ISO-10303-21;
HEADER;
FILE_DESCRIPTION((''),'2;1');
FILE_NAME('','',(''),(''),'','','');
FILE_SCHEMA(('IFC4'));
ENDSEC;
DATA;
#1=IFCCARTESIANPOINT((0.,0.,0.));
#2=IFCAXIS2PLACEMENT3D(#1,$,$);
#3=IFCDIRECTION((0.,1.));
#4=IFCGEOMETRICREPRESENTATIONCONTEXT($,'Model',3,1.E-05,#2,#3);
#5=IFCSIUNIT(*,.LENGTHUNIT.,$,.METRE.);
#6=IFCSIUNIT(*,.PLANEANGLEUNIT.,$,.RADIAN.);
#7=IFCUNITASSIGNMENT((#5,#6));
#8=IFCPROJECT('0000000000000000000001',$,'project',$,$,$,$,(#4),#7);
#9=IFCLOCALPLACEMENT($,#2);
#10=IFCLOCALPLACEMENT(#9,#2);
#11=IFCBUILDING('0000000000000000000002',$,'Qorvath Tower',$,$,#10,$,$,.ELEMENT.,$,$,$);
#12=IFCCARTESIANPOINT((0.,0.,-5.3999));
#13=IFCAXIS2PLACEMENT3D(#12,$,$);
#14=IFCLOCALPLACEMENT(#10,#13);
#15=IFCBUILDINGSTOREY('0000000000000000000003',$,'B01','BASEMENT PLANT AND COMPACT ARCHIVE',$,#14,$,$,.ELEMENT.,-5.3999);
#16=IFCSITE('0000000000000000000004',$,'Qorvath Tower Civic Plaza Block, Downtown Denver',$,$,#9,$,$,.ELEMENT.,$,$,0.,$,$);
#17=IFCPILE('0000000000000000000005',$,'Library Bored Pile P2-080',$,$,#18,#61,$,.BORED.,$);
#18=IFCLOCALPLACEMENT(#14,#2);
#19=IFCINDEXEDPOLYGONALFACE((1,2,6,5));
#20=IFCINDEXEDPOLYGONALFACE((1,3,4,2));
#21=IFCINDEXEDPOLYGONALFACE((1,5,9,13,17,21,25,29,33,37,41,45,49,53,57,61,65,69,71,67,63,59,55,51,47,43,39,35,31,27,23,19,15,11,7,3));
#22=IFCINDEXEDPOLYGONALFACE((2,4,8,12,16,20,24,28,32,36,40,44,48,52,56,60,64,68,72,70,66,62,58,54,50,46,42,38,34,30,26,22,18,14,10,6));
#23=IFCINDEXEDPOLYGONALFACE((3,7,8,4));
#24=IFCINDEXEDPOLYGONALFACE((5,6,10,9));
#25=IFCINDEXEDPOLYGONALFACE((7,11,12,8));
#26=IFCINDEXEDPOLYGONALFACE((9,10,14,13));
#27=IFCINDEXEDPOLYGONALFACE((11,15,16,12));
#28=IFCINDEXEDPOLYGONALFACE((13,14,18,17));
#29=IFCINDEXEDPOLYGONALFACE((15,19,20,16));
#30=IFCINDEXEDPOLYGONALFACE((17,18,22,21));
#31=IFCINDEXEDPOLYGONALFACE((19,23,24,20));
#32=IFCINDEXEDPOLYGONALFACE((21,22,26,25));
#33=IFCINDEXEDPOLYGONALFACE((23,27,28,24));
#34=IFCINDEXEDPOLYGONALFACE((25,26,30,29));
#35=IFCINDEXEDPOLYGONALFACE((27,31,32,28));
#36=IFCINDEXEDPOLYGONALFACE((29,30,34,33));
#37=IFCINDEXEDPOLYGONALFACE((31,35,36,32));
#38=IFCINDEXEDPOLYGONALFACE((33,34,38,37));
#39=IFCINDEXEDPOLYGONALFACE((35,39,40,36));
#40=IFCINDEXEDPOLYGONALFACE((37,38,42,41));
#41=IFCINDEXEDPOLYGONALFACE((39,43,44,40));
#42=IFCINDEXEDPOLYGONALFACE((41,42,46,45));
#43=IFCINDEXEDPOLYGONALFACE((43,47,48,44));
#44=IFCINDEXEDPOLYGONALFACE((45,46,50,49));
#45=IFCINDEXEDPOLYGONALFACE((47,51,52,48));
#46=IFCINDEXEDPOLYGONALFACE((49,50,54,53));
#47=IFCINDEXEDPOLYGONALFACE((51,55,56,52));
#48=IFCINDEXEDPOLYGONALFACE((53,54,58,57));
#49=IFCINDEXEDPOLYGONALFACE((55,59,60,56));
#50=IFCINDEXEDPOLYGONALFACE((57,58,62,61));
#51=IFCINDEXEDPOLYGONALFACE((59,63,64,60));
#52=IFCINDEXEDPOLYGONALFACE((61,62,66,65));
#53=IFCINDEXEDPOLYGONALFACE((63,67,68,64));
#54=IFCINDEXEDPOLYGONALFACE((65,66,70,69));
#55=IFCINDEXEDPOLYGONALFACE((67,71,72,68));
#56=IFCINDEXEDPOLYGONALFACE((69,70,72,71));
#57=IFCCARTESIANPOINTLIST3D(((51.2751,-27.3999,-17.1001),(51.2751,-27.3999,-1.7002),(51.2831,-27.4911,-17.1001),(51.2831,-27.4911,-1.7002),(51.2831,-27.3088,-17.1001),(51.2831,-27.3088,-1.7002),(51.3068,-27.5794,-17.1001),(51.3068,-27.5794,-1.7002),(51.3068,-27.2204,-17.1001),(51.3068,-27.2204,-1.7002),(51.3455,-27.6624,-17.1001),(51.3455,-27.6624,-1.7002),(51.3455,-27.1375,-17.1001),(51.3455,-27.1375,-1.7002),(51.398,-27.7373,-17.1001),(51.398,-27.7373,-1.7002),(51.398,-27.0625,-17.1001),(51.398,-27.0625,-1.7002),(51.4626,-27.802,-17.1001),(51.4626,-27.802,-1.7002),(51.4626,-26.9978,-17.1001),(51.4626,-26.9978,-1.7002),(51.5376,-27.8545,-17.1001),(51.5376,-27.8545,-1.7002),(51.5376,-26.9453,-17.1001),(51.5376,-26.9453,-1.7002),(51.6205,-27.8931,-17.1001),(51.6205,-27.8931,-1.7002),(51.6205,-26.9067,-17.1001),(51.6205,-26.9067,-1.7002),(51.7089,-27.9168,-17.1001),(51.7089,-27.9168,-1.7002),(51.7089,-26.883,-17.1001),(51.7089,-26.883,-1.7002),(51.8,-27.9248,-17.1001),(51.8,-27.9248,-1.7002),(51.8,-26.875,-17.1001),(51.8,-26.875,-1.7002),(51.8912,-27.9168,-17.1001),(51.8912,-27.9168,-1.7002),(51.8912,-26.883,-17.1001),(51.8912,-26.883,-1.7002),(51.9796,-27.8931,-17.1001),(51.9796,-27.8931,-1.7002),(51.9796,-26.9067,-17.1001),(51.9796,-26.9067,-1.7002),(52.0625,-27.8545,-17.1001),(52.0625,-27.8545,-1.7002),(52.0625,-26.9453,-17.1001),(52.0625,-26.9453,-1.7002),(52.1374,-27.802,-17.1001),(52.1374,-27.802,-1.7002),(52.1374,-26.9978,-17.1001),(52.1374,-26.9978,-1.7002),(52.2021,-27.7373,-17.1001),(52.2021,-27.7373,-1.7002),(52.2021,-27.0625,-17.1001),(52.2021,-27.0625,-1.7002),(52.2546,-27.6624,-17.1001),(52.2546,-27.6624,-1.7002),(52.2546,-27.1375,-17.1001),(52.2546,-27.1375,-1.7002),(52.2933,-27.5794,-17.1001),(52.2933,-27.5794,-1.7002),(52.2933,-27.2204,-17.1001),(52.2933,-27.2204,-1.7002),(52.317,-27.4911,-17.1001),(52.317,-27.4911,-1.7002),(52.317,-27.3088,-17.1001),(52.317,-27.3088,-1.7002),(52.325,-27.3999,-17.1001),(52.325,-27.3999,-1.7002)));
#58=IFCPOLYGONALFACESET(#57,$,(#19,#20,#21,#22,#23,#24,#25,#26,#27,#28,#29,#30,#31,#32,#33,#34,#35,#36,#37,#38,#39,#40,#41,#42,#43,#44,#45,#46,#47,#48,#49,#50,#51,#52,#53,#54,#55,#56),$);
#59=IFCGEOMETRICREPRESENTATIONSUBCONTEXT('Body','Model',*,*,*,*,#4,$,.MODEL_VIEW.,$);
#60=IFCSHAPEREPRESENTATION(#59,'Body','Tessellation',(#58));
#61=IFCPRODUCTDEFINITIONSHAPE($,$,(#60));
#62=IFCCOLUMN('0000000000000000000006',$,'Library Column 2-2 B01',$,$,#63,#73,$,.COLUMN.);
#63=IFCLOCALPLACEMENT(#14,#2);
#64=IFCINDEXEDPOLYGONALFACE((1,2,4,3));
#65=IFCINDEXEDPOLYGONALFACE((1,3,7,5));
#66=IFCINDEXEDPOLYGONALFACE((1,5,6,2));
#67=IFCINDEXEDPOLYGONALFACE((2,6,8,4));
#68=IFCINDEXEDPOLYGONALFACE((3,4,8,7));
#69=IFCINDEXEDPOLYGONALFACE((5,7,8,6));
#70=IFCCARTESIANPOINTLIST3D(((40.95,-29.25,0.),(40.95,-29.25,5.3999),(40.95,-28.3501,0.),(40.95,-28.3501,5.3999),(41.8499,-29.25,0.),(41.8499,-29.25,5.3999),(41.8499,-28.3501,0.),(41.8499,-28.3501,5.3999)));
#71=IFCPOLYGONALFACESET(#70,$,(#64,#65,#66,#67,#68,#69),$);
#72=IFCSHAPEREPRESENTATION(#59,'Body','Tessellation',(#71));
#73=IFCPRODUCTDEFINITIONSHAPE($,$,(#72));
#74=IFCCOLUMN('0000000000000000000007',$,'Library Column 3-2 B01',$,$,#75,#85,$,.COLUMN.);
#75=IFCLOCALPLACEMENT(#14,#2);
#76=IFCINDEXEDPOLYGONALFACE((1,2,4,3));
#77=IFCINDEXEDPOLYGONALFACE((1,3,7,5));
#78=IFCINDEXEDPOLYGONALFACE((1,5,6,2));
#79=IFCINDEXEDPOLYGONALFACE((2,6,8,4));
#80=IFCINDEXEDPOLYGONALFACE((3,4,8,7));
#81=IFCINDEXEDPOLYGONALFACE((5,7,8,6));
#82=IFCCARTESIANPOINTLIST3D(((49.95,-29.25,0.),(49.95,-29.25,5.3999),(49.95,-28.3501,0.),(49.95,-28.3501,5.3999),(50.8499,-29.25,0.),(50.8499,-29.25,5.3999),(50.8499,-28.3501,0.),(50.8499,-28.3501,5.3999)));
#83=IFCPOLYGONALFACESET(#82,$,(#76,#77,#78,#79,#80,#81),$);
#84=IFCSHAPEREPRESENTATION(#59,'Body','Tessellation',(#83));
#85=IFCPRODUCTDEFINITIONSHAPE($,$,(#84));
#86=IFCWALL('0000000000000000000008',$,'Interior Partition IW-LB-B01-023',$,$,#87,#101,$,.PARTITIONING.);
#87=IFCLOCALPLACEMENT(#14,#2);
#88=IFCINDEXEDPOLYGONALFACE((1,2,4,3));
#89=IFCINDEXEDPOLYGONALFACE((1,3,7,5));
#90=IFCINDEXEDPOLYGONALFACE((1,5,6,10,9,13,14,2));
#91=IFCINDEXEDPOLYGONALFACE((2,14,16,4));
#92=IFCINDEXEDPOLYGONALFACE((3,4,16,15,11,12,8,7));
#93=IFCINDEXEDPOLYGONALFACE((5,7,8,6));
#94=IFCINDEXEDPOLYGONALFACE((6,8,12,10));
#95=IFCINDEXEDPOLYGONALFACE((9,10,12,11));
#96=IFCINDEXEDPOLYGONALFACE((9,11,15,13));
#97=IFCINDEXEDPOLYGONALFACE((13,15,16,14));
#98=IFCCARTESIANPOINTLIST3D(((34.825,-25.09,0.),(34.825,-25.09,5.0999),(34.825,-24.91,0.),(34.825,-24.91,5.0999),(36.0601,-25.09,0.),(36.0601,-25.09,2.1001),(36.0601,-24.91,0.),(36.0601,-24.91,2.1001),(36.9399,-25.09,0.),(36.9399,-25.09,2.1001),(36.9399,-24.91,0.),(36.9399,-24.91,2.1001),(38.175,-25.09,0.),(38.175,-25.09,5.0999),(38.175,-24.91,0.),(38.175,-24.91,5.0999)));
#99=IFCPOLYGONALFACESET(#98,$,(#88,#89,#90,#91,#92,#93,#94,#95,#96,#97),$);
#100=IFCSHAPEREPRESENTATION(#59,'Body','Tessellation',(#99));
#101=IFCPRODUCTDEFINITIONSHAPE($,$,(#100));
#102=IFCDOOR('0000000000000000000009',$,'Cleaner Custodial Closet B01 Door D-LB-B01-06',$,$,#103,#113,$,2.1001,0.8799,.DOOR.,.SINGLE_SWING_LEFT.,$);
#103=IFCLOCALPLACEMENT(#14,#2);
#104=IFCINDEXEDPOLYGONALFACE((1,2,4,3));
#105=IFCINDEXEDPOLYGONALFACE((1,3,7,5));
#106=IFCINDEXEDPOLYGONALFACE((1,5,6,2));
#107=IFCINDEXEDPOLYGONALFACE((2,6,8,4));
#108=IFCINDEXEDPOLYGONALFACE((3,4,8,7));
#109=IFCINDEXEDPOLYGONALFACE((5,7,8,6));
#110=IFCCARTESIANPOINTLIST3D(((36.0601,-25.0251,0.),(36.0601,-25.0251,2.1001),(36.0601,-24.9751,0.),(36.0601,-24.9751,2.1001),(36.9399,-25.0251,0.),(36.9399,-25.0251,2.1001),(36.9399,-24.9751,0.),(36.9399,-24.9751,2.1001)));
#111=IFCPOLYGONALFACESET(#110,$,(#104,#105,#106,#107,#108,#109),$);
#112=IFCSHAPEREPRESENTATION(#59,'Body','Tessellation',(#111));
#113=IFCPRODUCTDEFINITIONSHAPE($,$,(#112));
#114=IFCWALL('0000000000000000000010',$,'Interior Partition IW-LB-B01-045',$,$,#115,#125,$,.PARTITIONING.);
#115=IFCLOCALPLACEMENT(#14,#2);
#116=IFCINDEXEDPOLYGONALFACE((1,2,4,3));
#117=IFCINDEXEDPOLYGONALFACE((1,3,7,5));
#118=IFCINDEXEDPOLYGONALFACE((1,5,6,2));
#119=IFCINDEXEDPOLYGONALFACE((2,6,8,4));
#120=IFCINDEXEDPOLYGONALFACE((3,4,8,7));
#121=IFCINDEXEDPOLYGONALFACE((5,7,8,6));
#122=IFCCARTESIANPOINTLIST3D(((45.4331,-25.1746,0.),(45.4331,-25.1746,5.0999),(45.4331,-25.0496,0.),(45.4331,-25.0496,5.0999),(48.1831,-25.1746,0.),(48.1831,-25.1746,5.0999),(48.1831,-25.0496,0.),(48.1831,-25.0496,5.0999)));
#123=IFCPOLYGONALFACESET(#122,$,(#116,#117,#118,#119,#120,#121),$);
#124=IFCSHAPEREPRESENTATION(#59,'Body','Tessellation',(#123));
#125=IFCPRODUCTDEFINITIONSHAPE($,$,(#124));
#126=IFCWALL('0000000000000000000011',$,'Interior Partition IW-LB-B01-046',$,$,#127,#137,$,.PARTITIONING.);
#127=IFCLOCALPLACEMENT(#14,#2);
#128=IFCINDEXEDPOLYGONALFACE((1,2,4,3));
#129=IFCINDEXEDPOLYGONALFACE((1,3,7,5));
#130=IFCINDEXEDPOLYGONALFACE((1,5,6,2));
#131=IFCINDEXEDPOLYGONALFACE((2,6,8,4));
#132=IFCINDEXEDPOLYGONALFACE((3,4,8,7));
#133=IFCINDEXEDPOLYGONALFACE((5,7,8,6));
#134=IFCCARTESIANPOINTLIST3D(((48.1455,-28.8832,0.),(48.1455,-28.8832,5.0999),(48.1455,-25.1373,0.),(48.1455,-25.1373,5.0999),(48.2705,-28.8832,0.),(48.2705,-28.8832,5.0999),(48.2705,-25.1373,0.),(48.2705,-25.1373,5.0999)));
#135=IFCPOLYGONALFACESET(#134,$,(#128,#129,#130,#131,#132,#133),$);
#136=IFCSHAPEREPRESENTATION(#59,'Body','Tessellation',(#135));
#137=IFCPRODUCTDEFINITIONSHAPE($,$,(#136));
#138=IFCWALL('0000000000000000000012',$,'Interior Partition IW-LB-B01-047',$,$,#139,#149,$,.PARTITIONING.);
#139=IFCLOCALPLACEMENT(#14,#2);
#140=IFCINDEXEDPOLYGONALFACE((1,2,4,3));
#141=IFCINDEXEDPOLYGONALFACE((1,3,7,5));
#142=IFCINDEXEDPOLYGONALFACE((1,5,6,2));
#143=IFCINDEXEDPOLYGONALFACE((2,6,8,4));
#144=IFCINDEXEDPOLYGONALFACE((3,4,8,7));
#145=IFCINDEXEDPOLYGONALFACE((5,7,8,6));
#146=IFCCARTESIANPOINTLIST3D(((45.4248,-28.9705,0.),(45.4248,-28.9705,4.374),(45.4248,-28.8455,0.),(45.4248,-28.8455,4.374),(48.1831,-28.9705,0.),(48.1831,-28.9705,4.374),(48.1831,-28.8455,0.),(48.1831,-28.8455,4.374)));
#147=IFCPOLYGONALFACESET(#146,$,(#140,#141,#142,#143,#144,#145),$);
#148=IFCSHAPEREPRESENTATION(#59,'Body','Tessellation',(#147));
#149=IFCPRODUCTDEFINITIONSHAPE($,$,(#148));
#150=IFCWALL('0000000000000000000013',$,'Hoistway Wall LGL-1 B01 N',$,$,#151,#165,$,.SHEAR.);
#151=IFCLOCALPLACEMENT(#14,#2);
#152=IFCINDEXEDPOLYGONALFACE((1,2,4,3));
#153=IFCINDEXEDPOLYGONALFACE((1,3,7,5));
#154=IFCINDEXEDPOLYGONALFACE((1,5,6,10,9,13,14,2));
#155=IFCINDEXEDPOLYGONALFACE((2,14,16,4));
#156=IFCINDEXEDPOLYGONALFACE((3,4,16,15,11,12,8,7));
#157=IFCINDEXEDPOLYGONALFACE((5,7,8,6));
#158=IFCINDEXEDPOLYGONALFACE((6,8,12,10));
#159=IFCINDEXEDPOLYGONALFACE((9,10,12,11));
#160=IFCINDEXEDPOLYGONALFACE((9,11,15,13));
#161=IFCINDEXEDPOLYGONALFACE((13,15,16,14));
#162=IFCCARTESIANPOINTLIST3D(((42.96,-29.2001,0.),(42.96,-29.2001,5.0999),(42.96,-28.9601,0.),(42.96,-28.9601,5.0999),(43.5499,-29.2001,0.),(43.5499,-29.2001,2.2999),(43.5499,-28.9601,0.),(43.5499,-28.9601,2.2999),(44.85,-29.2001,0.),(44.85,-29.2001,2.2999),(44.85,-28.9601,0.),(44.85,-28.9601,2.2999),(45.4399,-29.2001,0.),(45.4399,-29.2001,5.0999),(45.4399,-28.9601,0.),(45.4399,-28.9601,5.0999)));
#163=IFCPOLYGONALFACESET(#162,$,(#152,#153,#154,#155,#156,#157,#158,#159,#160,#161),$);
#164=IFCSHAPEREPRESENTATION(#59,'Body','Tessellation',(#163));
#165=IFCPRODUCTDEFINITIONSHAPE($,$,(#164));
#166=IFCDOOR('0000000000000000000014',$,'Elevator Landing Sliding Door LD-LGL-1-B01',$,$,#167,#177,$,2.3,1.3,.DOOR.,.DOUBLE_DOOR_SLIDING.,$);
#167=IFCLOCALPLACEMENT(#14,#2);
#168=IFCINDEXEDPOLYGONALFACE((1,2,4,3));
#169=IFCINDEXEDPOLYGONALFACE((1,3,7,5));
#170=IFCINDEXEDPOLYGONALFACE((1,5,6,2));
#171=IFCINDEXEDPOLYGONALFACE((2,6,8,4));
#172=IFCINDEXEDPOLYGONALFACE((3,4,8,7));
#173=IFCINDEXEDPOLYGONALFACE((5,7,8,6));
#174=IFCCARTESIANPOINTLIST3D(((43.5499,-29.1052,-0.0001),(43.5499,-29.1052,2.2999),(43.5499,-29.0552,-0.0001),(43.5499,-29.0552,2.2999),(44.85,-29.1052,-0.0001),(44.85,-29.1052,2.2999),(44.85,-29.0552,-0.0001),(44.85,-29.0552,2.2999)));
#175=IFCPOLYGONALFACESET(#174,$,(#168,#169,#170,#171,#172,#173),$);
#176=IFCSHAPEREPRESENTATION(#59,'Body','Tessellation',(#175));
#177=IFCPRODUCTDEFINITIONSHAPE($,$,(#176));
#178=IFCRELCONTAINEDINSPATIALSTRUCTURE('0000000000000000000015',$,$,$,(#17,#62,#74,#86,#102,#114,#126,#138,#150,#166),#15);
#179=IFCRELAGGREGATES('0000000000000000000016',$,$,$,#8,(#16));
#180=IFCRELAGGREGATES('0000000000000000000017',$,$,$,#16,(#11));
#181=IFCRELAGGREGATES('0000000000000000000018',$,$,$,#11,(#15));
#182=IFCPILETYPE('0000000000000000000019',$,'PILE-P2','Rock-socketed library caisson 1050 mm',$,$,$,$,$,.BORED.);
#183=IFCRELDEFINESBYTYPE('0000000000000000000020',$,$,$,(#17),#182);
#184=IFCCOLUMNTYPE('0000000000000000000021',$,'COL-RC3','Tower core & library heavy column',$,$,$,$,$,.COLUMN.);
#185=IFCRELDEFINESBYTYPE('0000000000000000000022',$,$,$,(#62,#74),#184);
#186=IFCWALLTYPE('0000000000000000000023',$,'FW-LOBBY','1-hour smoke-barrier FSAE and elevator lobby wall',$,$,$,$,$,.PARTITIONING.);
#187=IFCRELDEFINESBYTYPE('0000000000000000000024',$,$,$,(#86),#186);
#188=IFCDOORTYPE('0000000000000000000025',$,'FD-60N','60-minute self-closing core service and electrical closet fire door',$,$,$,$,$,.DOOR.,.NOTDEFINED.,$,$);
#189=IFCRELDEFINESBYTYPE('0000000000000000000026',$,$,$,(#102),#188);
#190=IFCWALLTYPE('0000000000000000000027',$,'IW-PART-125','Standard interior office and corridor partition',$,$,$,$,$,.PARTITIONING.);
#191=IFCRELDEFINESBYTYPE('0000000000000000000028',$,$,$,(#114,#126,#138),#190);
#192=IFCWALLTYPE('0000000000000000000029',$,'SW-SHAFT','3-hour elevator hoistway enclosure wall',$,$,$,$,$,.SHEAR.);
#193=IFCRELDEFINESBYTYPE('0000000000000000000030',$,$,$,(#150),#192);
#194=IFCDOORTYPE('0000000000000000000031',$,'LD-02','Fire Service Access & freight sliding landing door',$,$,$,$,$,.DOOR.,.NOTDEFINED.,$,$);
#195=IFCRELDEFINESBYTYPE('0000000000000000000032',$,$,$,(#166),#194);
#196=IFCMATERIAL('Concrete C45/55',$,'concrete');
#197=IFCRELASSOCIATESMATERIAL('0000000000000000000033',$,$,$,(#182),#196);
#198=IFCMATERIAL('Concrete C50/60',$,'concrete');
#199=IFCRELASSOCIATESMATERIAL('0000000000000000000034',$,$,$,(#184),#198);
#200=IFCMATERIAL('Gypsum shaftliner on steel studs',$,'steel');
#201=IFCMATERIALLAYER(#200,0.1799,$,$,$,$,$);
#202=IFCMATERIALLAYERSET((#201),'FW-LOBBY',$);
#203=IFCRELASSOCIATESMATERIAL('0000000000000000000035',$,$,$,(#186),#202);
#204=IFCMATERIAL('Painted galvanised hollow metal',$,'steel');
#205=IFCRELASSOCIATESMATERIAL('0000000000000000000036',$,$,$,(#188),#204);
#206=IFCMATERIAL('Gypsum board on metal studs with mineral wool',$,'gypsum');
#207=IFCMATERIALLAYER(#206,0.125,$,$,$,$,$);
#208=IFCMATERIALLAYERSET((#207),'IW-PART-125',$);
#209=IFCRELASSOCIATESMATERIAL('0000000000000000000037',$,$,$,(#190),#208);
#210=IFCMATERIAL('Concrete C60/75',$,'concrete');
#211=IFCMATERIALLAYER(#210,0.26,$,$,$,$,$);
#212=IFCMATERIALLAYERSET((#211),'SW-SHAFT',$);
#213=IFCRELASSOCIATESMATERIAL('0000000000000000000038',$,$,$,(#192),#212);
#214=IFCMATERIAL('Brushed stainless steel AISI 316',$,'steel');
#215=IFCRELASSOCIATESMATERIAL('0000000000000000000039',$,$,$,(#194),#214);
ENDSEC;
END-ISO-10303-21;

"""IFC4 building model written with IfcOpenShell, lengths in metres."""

from ifc_helpers import new_model, si_unit, direction, frame, frame_2d, origin, origin_2d, place, context, subcontext, project, spatial, rectangle, circle, extrude, material, layer, layer_set, material_profile, profile_set, type_object, element, fill, save


model = new_model("IFC4")

# Units and contexts
model_context = context("Model", 3, precision=1e-05, world=origin(), true_north=direction((0.0, 1.0)))
body_context = subcontext(model_context, "Body", "Model", "MODEL_VIEW")
ifc_project = project(units=[si_unit("LENGTHUNIT", "METRE"), si_unit("PLANEANGLEUNIT", "RADIAN")], contexts=[model_context])

# Site, building, storey
site_placement = place(None, origin())
site = spatial("IfcSite", under=ifc_project, at=site_placement, Name="Qorvath Tower Civic Plaza Block, Downtown Denver", CompositionType="ELEMENT", RefElevation=0.0)
building_placement = place(site_placement, origin())
building = spatial("IfcBuilding", under=site, at=building_placement, Name="Qorvath Tower", CompositionType="ELEMENT")
storey_placement = place(building_placement, frame((0.0, 0.0, -5.3999)))
storey = spatial("IfcBuildingStorey", under=building, at=storey_placement, Name="B01", Description="BASEMENT PLANT AND COMPACT ARCHIVE", CompositionType="ELEMENT", Elevation=-5.3999)

# Pile
ifc_material_1 = material(Name="Concrete C45/55", Category="concrete")
ifc_material_profile_1 = material_profile(ifc_material_1, circle(Radius=0.5249, at=origin_2d()), Name="BORED PILE 1050")
ifc_profile_set_1 = profile_set([ifc_material_profile_1], Name="Concrete C45/55")
pile_type = type_object("IfcPileType", Name="PILE-P2", Description="Rock-socketed library caisson 1050 mm", PredefinedType="BORED", material=ifc_profile_set_1)
for number, where, z_axis, x_axis, name in (
    (1, (51.8, -27.3999, -1.7002), (0.0, 0.0, -1.0), (1.0, 0.0, 0.0), "Library Bored Pile P2-080"),
):
    element("IfcPile", number, at=place(storey_placement, frame(where, z_axis=z_axis, x_axis=x_axis)), inside=storey, type_object=pile_type, Name=name, PredefinedType="BORED", context=body_context, shape_type="SweptSolid", body=[
        extrude(circle(Radius=0.5249, at=origin_2d()), origin(), (0.0, 0.0, 1.0), 15.3999),
    ])

# Columns
ifc_material_2 = material(Name="Concrete C50/60", Category="concrete")
ifc_material_profile_2 = material_profile(ifc_material_2, rectangle(XDim=0.8999, YDim=0.8999, at=origin_2d()), Name="RC 900x900")
ifc_profile_set_2 = profile_set([ifc_material_profile_2], Name="Concrete C50/60")
column_type = type_object("IfcColumnType", Name="COL-RC3", Description="Tower core & library heavy column", PredefinedType="COLUMN", material=ifc_profile_set_2)
for number, where, z_axis, x_axis, name in (
    (2, (41.3999, -28.8, 0.0), (0.0, 0.0, 1.0), (1.0, 0.0, 0.0), "Library Column 2-2 B01"),
    (3, (50.3999, -28.8, 0.0), (0.0, 0.0, 1.0), (1.0, 0.0, 0.0), "Library Column 3-2 B01"),
):
    element("IfcColumn", number, at=place(storey_placement, frame(where, z_axis=z_axis, x_axis=x_axis)), inside=storey, type_object=column_type, Name=name, PredefinedType="COLUMN", context=body_context, shape_type="SweptSolid", body=[
        extrude(rectangle(XDim=0.8999, YDim=0.8999, at=origin_2d()), origin(), (0.0, 0.0, 1.0), 5.3999),
    ])

# Wall, opening, door
ifc_material_3 = material(Name="Gypsum shaftliner on steel studs", Category="steel")
ifc_layer_1 = layer(ifc_material_3, 0.1799)
ifc_layer_set_1 = layer_set([ifc_layer_1], Name="FW-LOBBY")
wall_type_1 = type_object("IfcWallType", Name="FW-LOBBY", Description="1-hour smoke-barrier FSAE and elevator lobby wall", PredefinedType="PARTITIONING", material=ifc_layer_set_1)
wall_1_placement = place(storey_placement, frame((34.825, -25.0, 0.0), z_axis=(0.0, 0.0, 1.0), x_axis=(1.0, 0.0, 0.0)))
wall_1 = element("IfcWall", 4, at=wall_1_placement, inside=storey, type_object=wall_type_1, Name="Interior Partition IW-LB-B01-023", PredefinedType="PARTITIONING", context=body_context, shape_type="SweptSolid", body=[
    extrude(rectangle(XDim=3.3501, YDim=0.1799, at=frame_2d((1.675, 0.0))), origin(), (0.0, 0.0, 1.0), 5.0999),
])
opening_1_placement = place(wall_1_placement, frame((1.2351, 0.0, 0.0)))
opening_1 = element("IfcOpeningElement", 5, at=opening_1_placement, cuts=wall_1, PredefinedType="OPENING", context=body_context, shape_type="SweptSolid", body=[
    extrude(rectangle(XDim=0.8799, YDim=2.1001, at=frame_2d((0.4399, 1.05))), frame((0.0, 0.1001, 0.0), z_axis=(0.0, -1.0, 0.0), x_axis=(1.0, 0.0, 0.0)), (0.0, 0.0, 1.0), 0.2),
])
ifc_material_4 = material(Name="Painted galvanised hollow metal", Category="steel")
door_type_1 = type_object("IfcDoorType", Name="FD-60N", Description="60-minute self-closing core service and electrical closet fire door", OperationType="NOTDEFINED", PredefinedType="DOOR", material=ifc_material_4)
door_1_placement = place(opening_1_placement, origin())
door_1 = element("IfcDoor", 6, at=door_1_placement, inside=storey, type_object=door_type_1, Name="Cleaner Custodial Closet B01 Door D-LB-B01-06", OperationType="SINGLE_SWING_LEFT", OverallHeight=2.1001, OverallWidth=0.8799, PredefinedType="DOOR", context=body_context, shape_type="SweptSolid", body=[
    extrude(rectangle(XDim=0.8799, YDim=2.1001, at=frame_2d((0.4399, 1.05))), frame((0.0, 0.0249, 0.0), z_axis=(0.0, -1.0, 0.0), x_axis=(1.0, 0.0, 0.0)), (0.0, 0.0, 1.0), 0.05),
])
fill(opening_1, door_1)

# Walls
ifc_material_5 = material(Name="Gypsum board on metal studs with mineral wool", Category="gypsum")
ifc_layer_2 = layer(ifc_material_5, 0.125)
ifc_layer_set_2 = layer_set([ifc_layer_2], Name="IW-PART-125")
wall_type_2 = type_object("IfcWallType", Name="IW-PART-125", Description="Standard interior office and corridor partition", PredefinedType="PARTITIONING", material=ifc_layer_set_2)
wall_2_placement = place(storey_placement, frame((48.1831, -25.1121, 0.0), z_axis=(0.0, 0.0, 1.0), x_axis=(-1.0, 0.0, 0.0)))
element("IfcWall", 7, at=wall_2_placement, inside=storey, type_object=wall_type_2, Name="Interior Partition IW-LB-B01-045", PredefinedType="PARTITIONING", context=body_context, shape_type="SweptSolid", body=[
    extrude(rectangle(XDim=2.75, YDim=0.125, at=frame_2d((1.375, 0.0))), origin(), (0.0, 0.0, 1.0), 5.0999),
])
wall_3_placement = place(storey_placement, frame((48.208, -25.1372, 0.0), z_axis=(0.0, 0.0, 1.0), x_axis=(0.0, -1.0, 0.0)))
element("IfcWall", 8, at=wall_3_placement, inside=storey, type_object=wall_type_2, Name="Interior Partition IW-LB-B01-046", PredefinedType="PARTITIONING", context=body_context, shape_type="SweptSolid", body=[
    extrude(rectangle(XDim=3.7458, YDim=0.125, at=frame_2d((1.873, 0.0))), origin(), (0.0, 0.0, 1.0), 5.0999),
])
wall_4_placement = place(storey_placement, frame((45.4248, -28.908, 0.0), z_axis=(0.0, 0.0, 1.0), x_axis=(1.0, 0.0, 0.0)))
element("IfcWall", 9, at=wall_4_placement, inside=storey, type_object=wall_type_2, Name="Interior Partition IW-LB-B01-047", PredefinedType="PARTITIONING", context=body_context, shape_type="SweptSolid", body=[
    extrude(rectangle(XDim=2.7583, YDim=0.125, at=frame_2d((1.3792, 0.0))), origin(), (0.0, 0.0, 1.0), 4.374),
])

# Wall, opening, door
ifc_material_6 = material(Name="Concrete C60/75", Category="concrete")
ifc_layer_3 = layer(ifc_material_6, 0.26)
ifc_layer_set_3 = layer_set([ifc_layer_3], Name="SW-SHAFT")
wall_type_3 = type_object("IfcWallType", Name="SW-SHAFT", Description="3-hour elevator hoistway enclosure wall", PredefinedType="SHEAR", material=ifc_layer_set_3)
wall_5_placement = place(storey_placement, frame((42.96, -29.0801, 0.0), z_axis=(0.0, 0.0, 1.0), x_axis=(1.0, 0.0, 0.0)))
wall_5 = element("IfcWall", 10, at=wall_5_placement, inside=storey, type_object=wall_type_3, Name="Hoistway Wall LGL-1 B01 N", PredefinedType="SHEAR", context=body_context, shape_type="SweptSolid", body=[
    extrude(rectangle(XDim=2.48, YDim=0.24, at=frame_2d((1.24, 0.0))), origin(), (0.0, 0.0, 1.0), 5.0999),
])
opening_2_placement = place(wall_5_placement, frame((0.5901, 0.0, 0.0)))
opening_2 = element("IfcOpeningElement", 11, at=opening_2_placement, cuts=wall_5, PredefinedType="OPENING", context=body_context, shape_type="SweptSolid", body=[
    extrude(rectangle(XDim=1.3, YDim=2.3, at=frame_2d((0.6499, 1.1499))), frame((0.0, 0.1299, 0.0), z_axis=(0.0, -1.0, 0.0), x_axis=(1.0, 0.0, 0.0)), (0.0, 0.0, 1.0), 0.26),
])
ifc_material_7 = material(Name="Brushed stainless steel AISI 316", Category="steel")
door_type_2 = type_object("IfcDoorType", Name="LD-02", Description="Fire Service Access & freight sliding landing door", OperationType="NOTDEFINED", PredefinedType="DOOR", material=ifc_material_7)
door_2_placement = place(opening_2_placement, origin())
door_2 = element("IfcDoor", 12, at=door_2_placement, inside=storey, type_object=door_type_2, Name="Elevator Landing Sliding Door LD-LGL-1-B01", OperationType="DOUBLE_DOOR_SLIDING", OverallHeight=2.3, OverallWidth=1.3, PredefinedType="DOOR", context=body_context, shape_type="SweptSolid", body=[
    extrude(rectangle(XDim=1.3, YDim=2.3, at=frame_2d((0.6499, 1.1499))), frame((0.0, 0.0249, 0.0), z_axis=(0.0, -1.0, 0.0), x_axis=(1.0, 0.0, 0.0)), (0.0, 0.0, 1.0), 0.05),
])
fill(opening_2, door_2)

save(model, "model.ifc")
